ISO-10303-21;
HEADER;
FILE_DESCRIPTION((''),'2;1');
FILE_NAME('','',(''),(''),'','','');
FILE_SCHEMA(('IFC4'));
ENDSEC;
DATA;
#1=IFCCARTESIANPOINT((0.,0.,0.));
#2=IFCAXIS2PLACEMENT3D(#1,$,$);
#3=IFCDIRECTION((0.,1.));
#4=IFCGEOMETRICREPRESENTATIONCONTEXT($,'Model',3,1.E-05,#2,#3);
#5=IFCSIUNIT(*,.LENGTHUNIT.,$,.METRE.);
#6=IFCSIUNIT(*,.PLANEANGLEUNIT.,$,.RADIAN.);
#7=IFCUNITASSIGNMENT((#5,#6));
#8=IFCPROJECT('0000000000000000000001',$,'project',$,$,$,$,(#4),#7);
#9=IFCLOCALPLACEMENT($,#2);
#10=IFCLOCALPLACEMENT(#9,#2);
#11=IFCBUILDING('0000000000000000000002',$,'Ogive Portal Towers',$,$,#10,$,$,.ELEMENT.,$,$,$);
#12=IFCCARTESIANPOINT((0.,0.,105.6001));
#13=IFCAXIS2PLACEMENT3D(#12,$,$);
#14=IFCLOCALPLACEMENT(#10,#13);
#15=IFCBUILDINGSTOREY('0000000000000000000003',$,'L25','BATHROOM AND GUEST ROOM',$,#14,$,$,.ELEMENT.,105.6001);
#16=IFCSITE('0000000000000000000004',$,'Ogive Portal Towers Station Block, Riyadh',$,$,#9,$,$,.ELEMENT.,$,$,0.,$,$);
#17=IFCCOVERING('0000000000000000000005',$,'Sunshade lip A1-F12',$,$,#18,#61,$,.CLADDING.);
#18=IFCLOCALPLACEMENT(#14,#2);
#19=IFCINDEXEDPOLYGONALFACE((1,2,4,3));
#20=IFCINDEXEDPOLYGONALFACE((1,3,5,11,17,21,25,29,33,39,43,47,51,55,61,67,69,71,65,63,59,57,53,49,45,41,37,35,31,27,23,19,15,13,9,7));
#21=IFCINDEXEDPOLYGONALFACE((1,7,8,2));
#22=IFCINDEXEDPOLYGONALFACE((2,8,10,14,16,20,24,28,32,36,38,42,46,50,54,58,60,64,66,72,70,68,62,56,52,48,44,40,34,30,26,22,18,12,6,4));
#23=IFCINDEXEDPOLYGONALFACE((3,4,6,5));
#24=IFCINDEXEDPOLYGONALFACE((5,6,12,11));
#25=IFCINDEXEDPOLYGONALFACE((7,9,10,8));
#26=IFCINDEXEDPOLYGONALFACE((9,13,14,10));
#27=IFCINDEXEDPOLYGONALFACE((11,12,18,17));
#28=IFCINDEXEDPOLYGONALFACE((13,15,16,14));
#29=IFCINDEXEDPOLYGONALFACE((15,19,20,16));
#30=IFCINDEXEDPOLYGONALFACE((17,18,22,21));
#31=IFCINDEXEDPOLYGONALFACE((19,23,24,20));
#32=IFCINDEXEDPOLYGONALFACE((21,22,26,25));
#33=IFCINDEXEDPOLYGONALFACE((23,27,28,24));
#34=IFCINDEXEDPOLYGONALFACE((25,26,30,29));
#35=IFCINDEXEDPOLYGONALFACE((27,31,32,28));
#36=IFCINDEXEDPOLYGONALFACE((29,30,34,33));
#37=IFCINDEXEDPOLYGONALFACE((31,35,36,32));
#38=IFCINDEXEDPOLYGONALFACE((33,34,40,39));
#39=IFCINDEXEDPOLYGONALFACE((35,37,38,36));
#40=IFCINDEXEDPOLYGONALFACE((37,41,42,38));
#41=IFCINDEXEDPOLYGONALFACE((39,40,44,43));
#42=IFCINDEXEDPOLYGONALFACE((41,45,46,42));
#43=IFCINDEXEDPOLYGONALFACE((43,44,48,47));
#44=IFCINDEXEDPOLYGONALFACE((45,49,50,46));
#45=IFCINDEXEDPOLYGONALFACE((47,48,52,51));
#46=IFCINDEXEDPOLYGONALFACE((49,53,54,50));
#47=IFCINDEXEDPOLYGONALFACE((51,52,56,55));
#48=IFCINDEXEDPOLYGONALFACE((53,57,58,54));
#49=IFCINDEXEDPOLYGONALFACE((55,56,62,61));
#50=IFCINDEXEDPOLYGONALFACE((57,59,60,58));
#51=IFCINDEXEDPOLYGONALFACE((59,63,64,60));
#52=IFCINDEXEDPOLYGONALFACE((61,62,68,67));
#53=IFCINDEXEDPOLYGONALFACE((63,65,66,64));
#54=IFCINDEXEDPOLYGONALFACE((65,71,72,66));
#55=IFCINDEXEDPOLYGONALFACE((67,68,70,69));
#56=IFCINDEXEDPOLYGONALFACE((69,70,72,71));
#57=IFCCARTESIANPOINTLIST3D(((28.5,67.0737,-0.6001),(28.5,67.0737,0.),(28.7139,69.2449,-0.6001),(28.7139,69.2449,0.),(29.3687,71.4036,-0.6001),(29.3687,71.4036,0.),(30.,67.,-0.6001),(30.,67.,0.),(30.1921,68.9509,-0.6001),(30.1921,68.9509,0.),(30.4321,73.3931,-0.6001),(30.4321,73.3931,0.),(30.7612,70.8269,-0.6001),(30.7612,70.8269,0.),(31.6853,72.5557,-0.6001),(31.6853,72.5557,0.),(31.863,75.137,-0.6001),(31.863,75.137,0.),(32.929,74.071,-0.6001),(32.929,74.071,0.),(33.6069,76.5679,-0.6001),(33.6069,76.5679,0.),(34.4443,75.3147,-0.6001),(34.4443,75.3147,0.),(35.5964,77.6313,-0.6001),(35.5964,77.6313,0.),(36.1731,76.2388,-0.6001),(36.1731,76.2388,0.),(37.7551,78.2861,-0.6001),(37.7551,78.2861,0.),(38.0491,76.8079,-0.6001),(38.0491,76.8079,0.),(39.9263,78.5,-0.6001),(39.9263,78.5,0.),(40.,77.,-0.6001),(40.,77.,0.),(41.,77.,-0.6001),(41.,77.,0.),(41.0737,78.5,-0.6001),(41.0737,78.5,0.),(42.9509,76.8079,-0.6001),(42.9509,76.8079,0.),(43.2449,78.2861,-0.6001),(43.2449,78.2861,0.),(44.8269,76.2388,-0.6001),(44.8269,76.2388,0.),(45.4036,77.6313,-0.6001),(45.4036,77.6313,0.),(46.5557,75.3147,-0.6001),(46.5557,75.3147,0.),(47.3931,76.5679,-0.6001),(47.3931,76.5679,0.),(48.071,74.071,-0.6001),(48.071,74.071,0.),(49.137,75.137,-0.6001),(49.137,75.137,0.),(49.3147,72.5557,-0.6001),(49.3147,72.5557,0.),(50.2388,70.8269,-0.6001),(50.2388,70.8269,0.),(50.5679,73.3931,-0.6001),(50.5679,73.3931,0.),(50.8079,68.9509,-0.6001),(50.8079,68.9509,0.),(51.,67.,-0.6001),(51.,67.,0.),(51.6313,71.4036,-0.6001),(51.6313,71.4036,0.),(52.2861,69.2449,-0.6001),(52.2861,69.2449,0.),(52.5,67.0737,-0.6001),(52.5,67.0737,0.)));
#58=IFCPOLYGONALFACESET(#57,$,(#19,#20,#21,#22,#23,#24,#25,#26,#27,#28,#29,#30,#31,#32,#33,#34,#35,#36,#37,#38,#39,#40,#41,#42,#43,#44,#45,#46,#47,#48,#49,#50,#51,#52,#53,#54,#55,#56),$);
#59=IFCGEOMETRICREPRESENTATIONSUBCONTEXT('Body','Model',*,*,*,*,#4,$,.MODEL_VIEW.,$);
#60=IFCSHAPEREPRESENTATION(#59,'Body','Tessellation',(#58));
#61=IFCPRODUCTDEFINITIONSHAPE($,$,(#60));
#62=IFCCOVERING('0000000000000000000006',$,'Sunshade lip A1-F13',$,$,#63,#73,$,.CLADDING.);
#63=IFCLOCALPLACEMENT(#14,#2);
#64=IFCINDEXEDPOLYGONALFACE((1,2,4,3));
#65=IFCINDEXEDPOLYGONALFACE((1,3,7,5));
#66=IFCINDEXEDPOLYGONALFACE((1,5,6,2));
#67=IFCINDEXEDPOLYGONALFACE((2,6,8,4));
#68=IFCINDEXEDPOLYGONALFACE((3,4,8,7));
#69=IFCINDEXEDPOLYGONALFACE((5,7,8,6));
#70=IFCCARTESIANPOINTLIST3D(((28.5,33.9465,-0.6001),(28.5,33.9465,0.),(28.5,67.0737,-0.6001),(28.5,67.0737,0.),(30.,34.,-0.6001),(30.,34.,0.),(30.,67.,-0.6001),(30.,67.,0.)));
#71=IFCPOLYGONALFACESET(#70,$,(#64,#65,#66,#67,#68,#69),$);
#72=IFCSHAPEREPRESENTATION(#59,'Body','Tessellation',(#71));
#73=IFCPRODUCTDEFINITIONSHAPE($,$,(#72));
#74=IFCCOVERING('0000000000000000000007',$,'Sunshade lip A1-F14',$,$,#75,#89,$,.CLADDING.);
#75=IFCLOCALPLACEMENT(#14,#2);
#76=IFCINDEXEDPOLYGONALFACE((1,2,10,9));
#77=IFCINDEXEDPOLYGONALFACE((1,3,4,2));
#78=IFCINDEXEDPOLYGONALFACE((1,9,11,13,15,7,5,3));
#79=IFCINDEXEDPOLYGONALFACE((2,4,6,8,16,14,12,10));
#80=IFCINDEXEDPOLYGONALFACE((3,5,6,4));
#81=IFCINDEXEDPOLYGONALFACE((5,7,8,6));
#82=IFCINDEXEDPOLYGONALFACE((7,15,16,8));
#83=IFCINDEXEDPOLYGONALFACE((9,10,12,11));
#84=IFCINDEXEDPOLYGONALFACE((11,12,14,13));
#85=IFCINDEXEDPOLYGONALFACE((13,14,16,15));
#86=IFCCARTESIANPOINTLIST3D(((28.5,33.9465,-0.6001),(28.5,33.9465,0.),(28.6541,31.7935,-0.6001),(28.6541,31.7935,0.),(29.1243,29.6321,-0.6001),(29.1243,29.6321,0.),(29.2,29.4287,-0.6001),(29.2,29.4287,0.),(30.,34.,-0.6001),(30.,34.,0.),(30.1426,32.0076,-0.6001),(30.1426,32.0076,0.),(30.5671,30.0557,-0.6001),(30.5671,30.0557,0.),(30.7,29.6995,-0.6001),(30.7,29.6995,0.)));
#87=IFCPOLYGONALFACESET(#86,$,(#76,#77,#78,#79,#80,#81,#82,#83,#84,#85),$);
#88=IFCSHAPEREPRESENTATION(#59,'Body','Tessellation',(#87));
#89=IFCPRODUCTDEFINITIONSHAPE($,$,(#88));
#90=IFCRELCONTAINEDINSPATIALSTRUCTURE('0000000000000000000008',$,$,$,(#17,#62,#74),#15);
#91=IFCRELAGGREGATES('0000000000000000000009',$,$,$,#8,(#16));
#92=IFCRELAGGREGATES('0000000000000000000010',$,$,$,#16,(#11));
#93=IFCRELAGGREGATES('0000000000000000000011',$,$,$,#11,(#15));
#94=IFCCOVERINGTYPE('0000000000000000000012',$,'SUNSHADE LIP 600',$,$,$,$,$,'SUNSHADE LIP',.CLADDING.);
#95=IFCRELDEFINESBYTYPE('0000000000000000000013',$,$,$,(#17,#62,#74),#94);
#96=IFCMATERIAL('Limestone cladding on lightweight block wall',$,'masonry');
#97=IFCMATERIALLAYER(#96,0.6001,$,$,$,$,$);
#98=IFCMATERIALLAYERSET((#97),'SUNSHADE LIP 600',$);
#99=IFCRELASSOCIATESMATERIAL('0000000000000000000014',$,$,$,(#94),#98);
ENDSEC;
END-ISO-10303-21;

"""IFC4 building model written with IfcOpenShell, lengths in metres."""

from ifc_helpers import new_model, si_unit, direction, frame, origin, place, context, subcontext, project, spatial, polyline, outline, extrude, material, layer, layer_set, type_object, element, save


model = new_model("IFC4")

# Units and contexts
model_context = context("Model", 3, precision=1e-05, world=origin(), true_north=direction((0.0, 1.0)))
body_context = subcontext(model_context, "Body", "Model", "MODEL_VIEW")
ifc_project = project(units=[si_unit("LENGTHUNIT", "METRE"), si_unit("PLANEANGLEUNIT", "RADIAN")], contexts=[model_context])

# Site, building, storey
site_placement = place(None, origin())
site = spatial("IfcSite", under=ifc_project, at=site_placement, Name="Ogive Portal Towers Station Block, Riyadh", CompositionType="ELEMENT", RefElevation=0.0)
building_placement = place(site_placement, origin())
building = spatial("IfcBuilding", under=site, at=building_placement, Name="Ogive Portal Towers", CompositionType="ELEMENT")
storey_placement = place(building_placement, frame((0.0, 0.0, 105.6001)))
storey = spatial("IfcBuildingStorey", under=building, at=storey_placement, Name="L25", Description="BATHROOM AND GUEST ROOM", CompositionType="ELEMENT", Elevation=105.6001)

# Shared definitions
ifc_material_1 = material(Name="Limestone cladding on lightweight block wall", Category="masonry")

# Coverings
ifc_layer_1 = layer(ifc_material_1, 0.6001)
ifc_layer_set_1 = layer_set([ifc_layer_1], Name="SUNSHADE LIP 600")
covering_type_1 = type_object("IfcCoveringType", Name="SUNSHADE LIP 600", ElementType="SUNSHADE LIP", PredefinedType="CLADDING", material=ifc_layer_set_1)
covering_1_placement = place(storey_placement, frame((0.0, 0.0, -0.6001)))
element("IfcCovering", 1, at=covering_1_placement, inside=storey, type_object=covering_type_1, Name="Sunshade lip A1-F12", PredefinedType="CLADDING", context=body_context, shape_type="SweptSolid", body=[
    extrude(outline(polyline([(51.0, 67.0), (50.8079, 68.9509), (50.2388, 70.8269), (49.3147, 72.5557), (48.071, 74.071), (46.5557, 75.3147), (44.8269, 76.2388), (42.9509, 76.8079), (41.0, 77.0), (40.0, 77.0), (38.0491, 76.8079), (36.1731, 76.2388), (34.4443, 75.3147), (32.929, 74.071), (31.6853, 72.5557), (30.7612, 70.8269), (30.1921, 68.9509), (30.0, 67.0), (28.5, 67.0737), (28.7139, 69.2449), (29.3687, 71.4036), (30.4321, 73.3931), (31.863, 75.137), (33.6069, 76.5679), (35.5964, 77.6313), (37.7551, 78.2861), (39.9263, 78.5), (41.0737, 78.5), (43.2449, 78.2861), (45.4036, 77.6313), (47.3931, 76.5679), (49.137, 75.137), (50.5679, 73.3931), (51.6313, 71.4036), (52.2861, 69.2449), (52.5, 67.0737), (51.0, 67.0)])), origin(), (0.0, 0.0, 1.0), 0.6001),
])
covering_2_placement = place(storey_placement, frame((0.0, 0.0, -0.6001)))
element("IfcCovering", 2, at=covering_2_placement, inside=storey, type_object=covering_type_1, Name="Sunshade lip A1-F13", PredefinedType="CLADDING", context=body_context, shape_type="SweptSolid", body=[
    extrude(outline(polyline([(30.0, 67.0), (30.0, 34.0), (28.5, 33.9465), (28.5, 67.0737), (30.0, 67.0)])), origin(), (0.0, 0.0, 1.0), 0.6001),
])
covering_3_placement = place(storey_placement, frame((0.0, 0.0, -0.6001)))
element("IfcCovering", 3, at=covering_3_placement, inside=storey, type_object=covering_type_1, Name="Sunshade lip A1-F14", PredefinedType="CLADDING", context=body_context, shape_type="SweptSolid", body=[
    extrude(outline(polyline([(30.0, 34.0), (30.1426, 32.0076), (30.5671, 30.0557), (30.7, 29.6995), (29.2, 29.4287), (29.1243, 29.6321), (28.6541, 31.7935), (28.5, 33.9465), (30.0, 34.0)])), origin(), (0.0, 0.0, 1.0), 0.6001),
])

save(model, "model.ifc")
